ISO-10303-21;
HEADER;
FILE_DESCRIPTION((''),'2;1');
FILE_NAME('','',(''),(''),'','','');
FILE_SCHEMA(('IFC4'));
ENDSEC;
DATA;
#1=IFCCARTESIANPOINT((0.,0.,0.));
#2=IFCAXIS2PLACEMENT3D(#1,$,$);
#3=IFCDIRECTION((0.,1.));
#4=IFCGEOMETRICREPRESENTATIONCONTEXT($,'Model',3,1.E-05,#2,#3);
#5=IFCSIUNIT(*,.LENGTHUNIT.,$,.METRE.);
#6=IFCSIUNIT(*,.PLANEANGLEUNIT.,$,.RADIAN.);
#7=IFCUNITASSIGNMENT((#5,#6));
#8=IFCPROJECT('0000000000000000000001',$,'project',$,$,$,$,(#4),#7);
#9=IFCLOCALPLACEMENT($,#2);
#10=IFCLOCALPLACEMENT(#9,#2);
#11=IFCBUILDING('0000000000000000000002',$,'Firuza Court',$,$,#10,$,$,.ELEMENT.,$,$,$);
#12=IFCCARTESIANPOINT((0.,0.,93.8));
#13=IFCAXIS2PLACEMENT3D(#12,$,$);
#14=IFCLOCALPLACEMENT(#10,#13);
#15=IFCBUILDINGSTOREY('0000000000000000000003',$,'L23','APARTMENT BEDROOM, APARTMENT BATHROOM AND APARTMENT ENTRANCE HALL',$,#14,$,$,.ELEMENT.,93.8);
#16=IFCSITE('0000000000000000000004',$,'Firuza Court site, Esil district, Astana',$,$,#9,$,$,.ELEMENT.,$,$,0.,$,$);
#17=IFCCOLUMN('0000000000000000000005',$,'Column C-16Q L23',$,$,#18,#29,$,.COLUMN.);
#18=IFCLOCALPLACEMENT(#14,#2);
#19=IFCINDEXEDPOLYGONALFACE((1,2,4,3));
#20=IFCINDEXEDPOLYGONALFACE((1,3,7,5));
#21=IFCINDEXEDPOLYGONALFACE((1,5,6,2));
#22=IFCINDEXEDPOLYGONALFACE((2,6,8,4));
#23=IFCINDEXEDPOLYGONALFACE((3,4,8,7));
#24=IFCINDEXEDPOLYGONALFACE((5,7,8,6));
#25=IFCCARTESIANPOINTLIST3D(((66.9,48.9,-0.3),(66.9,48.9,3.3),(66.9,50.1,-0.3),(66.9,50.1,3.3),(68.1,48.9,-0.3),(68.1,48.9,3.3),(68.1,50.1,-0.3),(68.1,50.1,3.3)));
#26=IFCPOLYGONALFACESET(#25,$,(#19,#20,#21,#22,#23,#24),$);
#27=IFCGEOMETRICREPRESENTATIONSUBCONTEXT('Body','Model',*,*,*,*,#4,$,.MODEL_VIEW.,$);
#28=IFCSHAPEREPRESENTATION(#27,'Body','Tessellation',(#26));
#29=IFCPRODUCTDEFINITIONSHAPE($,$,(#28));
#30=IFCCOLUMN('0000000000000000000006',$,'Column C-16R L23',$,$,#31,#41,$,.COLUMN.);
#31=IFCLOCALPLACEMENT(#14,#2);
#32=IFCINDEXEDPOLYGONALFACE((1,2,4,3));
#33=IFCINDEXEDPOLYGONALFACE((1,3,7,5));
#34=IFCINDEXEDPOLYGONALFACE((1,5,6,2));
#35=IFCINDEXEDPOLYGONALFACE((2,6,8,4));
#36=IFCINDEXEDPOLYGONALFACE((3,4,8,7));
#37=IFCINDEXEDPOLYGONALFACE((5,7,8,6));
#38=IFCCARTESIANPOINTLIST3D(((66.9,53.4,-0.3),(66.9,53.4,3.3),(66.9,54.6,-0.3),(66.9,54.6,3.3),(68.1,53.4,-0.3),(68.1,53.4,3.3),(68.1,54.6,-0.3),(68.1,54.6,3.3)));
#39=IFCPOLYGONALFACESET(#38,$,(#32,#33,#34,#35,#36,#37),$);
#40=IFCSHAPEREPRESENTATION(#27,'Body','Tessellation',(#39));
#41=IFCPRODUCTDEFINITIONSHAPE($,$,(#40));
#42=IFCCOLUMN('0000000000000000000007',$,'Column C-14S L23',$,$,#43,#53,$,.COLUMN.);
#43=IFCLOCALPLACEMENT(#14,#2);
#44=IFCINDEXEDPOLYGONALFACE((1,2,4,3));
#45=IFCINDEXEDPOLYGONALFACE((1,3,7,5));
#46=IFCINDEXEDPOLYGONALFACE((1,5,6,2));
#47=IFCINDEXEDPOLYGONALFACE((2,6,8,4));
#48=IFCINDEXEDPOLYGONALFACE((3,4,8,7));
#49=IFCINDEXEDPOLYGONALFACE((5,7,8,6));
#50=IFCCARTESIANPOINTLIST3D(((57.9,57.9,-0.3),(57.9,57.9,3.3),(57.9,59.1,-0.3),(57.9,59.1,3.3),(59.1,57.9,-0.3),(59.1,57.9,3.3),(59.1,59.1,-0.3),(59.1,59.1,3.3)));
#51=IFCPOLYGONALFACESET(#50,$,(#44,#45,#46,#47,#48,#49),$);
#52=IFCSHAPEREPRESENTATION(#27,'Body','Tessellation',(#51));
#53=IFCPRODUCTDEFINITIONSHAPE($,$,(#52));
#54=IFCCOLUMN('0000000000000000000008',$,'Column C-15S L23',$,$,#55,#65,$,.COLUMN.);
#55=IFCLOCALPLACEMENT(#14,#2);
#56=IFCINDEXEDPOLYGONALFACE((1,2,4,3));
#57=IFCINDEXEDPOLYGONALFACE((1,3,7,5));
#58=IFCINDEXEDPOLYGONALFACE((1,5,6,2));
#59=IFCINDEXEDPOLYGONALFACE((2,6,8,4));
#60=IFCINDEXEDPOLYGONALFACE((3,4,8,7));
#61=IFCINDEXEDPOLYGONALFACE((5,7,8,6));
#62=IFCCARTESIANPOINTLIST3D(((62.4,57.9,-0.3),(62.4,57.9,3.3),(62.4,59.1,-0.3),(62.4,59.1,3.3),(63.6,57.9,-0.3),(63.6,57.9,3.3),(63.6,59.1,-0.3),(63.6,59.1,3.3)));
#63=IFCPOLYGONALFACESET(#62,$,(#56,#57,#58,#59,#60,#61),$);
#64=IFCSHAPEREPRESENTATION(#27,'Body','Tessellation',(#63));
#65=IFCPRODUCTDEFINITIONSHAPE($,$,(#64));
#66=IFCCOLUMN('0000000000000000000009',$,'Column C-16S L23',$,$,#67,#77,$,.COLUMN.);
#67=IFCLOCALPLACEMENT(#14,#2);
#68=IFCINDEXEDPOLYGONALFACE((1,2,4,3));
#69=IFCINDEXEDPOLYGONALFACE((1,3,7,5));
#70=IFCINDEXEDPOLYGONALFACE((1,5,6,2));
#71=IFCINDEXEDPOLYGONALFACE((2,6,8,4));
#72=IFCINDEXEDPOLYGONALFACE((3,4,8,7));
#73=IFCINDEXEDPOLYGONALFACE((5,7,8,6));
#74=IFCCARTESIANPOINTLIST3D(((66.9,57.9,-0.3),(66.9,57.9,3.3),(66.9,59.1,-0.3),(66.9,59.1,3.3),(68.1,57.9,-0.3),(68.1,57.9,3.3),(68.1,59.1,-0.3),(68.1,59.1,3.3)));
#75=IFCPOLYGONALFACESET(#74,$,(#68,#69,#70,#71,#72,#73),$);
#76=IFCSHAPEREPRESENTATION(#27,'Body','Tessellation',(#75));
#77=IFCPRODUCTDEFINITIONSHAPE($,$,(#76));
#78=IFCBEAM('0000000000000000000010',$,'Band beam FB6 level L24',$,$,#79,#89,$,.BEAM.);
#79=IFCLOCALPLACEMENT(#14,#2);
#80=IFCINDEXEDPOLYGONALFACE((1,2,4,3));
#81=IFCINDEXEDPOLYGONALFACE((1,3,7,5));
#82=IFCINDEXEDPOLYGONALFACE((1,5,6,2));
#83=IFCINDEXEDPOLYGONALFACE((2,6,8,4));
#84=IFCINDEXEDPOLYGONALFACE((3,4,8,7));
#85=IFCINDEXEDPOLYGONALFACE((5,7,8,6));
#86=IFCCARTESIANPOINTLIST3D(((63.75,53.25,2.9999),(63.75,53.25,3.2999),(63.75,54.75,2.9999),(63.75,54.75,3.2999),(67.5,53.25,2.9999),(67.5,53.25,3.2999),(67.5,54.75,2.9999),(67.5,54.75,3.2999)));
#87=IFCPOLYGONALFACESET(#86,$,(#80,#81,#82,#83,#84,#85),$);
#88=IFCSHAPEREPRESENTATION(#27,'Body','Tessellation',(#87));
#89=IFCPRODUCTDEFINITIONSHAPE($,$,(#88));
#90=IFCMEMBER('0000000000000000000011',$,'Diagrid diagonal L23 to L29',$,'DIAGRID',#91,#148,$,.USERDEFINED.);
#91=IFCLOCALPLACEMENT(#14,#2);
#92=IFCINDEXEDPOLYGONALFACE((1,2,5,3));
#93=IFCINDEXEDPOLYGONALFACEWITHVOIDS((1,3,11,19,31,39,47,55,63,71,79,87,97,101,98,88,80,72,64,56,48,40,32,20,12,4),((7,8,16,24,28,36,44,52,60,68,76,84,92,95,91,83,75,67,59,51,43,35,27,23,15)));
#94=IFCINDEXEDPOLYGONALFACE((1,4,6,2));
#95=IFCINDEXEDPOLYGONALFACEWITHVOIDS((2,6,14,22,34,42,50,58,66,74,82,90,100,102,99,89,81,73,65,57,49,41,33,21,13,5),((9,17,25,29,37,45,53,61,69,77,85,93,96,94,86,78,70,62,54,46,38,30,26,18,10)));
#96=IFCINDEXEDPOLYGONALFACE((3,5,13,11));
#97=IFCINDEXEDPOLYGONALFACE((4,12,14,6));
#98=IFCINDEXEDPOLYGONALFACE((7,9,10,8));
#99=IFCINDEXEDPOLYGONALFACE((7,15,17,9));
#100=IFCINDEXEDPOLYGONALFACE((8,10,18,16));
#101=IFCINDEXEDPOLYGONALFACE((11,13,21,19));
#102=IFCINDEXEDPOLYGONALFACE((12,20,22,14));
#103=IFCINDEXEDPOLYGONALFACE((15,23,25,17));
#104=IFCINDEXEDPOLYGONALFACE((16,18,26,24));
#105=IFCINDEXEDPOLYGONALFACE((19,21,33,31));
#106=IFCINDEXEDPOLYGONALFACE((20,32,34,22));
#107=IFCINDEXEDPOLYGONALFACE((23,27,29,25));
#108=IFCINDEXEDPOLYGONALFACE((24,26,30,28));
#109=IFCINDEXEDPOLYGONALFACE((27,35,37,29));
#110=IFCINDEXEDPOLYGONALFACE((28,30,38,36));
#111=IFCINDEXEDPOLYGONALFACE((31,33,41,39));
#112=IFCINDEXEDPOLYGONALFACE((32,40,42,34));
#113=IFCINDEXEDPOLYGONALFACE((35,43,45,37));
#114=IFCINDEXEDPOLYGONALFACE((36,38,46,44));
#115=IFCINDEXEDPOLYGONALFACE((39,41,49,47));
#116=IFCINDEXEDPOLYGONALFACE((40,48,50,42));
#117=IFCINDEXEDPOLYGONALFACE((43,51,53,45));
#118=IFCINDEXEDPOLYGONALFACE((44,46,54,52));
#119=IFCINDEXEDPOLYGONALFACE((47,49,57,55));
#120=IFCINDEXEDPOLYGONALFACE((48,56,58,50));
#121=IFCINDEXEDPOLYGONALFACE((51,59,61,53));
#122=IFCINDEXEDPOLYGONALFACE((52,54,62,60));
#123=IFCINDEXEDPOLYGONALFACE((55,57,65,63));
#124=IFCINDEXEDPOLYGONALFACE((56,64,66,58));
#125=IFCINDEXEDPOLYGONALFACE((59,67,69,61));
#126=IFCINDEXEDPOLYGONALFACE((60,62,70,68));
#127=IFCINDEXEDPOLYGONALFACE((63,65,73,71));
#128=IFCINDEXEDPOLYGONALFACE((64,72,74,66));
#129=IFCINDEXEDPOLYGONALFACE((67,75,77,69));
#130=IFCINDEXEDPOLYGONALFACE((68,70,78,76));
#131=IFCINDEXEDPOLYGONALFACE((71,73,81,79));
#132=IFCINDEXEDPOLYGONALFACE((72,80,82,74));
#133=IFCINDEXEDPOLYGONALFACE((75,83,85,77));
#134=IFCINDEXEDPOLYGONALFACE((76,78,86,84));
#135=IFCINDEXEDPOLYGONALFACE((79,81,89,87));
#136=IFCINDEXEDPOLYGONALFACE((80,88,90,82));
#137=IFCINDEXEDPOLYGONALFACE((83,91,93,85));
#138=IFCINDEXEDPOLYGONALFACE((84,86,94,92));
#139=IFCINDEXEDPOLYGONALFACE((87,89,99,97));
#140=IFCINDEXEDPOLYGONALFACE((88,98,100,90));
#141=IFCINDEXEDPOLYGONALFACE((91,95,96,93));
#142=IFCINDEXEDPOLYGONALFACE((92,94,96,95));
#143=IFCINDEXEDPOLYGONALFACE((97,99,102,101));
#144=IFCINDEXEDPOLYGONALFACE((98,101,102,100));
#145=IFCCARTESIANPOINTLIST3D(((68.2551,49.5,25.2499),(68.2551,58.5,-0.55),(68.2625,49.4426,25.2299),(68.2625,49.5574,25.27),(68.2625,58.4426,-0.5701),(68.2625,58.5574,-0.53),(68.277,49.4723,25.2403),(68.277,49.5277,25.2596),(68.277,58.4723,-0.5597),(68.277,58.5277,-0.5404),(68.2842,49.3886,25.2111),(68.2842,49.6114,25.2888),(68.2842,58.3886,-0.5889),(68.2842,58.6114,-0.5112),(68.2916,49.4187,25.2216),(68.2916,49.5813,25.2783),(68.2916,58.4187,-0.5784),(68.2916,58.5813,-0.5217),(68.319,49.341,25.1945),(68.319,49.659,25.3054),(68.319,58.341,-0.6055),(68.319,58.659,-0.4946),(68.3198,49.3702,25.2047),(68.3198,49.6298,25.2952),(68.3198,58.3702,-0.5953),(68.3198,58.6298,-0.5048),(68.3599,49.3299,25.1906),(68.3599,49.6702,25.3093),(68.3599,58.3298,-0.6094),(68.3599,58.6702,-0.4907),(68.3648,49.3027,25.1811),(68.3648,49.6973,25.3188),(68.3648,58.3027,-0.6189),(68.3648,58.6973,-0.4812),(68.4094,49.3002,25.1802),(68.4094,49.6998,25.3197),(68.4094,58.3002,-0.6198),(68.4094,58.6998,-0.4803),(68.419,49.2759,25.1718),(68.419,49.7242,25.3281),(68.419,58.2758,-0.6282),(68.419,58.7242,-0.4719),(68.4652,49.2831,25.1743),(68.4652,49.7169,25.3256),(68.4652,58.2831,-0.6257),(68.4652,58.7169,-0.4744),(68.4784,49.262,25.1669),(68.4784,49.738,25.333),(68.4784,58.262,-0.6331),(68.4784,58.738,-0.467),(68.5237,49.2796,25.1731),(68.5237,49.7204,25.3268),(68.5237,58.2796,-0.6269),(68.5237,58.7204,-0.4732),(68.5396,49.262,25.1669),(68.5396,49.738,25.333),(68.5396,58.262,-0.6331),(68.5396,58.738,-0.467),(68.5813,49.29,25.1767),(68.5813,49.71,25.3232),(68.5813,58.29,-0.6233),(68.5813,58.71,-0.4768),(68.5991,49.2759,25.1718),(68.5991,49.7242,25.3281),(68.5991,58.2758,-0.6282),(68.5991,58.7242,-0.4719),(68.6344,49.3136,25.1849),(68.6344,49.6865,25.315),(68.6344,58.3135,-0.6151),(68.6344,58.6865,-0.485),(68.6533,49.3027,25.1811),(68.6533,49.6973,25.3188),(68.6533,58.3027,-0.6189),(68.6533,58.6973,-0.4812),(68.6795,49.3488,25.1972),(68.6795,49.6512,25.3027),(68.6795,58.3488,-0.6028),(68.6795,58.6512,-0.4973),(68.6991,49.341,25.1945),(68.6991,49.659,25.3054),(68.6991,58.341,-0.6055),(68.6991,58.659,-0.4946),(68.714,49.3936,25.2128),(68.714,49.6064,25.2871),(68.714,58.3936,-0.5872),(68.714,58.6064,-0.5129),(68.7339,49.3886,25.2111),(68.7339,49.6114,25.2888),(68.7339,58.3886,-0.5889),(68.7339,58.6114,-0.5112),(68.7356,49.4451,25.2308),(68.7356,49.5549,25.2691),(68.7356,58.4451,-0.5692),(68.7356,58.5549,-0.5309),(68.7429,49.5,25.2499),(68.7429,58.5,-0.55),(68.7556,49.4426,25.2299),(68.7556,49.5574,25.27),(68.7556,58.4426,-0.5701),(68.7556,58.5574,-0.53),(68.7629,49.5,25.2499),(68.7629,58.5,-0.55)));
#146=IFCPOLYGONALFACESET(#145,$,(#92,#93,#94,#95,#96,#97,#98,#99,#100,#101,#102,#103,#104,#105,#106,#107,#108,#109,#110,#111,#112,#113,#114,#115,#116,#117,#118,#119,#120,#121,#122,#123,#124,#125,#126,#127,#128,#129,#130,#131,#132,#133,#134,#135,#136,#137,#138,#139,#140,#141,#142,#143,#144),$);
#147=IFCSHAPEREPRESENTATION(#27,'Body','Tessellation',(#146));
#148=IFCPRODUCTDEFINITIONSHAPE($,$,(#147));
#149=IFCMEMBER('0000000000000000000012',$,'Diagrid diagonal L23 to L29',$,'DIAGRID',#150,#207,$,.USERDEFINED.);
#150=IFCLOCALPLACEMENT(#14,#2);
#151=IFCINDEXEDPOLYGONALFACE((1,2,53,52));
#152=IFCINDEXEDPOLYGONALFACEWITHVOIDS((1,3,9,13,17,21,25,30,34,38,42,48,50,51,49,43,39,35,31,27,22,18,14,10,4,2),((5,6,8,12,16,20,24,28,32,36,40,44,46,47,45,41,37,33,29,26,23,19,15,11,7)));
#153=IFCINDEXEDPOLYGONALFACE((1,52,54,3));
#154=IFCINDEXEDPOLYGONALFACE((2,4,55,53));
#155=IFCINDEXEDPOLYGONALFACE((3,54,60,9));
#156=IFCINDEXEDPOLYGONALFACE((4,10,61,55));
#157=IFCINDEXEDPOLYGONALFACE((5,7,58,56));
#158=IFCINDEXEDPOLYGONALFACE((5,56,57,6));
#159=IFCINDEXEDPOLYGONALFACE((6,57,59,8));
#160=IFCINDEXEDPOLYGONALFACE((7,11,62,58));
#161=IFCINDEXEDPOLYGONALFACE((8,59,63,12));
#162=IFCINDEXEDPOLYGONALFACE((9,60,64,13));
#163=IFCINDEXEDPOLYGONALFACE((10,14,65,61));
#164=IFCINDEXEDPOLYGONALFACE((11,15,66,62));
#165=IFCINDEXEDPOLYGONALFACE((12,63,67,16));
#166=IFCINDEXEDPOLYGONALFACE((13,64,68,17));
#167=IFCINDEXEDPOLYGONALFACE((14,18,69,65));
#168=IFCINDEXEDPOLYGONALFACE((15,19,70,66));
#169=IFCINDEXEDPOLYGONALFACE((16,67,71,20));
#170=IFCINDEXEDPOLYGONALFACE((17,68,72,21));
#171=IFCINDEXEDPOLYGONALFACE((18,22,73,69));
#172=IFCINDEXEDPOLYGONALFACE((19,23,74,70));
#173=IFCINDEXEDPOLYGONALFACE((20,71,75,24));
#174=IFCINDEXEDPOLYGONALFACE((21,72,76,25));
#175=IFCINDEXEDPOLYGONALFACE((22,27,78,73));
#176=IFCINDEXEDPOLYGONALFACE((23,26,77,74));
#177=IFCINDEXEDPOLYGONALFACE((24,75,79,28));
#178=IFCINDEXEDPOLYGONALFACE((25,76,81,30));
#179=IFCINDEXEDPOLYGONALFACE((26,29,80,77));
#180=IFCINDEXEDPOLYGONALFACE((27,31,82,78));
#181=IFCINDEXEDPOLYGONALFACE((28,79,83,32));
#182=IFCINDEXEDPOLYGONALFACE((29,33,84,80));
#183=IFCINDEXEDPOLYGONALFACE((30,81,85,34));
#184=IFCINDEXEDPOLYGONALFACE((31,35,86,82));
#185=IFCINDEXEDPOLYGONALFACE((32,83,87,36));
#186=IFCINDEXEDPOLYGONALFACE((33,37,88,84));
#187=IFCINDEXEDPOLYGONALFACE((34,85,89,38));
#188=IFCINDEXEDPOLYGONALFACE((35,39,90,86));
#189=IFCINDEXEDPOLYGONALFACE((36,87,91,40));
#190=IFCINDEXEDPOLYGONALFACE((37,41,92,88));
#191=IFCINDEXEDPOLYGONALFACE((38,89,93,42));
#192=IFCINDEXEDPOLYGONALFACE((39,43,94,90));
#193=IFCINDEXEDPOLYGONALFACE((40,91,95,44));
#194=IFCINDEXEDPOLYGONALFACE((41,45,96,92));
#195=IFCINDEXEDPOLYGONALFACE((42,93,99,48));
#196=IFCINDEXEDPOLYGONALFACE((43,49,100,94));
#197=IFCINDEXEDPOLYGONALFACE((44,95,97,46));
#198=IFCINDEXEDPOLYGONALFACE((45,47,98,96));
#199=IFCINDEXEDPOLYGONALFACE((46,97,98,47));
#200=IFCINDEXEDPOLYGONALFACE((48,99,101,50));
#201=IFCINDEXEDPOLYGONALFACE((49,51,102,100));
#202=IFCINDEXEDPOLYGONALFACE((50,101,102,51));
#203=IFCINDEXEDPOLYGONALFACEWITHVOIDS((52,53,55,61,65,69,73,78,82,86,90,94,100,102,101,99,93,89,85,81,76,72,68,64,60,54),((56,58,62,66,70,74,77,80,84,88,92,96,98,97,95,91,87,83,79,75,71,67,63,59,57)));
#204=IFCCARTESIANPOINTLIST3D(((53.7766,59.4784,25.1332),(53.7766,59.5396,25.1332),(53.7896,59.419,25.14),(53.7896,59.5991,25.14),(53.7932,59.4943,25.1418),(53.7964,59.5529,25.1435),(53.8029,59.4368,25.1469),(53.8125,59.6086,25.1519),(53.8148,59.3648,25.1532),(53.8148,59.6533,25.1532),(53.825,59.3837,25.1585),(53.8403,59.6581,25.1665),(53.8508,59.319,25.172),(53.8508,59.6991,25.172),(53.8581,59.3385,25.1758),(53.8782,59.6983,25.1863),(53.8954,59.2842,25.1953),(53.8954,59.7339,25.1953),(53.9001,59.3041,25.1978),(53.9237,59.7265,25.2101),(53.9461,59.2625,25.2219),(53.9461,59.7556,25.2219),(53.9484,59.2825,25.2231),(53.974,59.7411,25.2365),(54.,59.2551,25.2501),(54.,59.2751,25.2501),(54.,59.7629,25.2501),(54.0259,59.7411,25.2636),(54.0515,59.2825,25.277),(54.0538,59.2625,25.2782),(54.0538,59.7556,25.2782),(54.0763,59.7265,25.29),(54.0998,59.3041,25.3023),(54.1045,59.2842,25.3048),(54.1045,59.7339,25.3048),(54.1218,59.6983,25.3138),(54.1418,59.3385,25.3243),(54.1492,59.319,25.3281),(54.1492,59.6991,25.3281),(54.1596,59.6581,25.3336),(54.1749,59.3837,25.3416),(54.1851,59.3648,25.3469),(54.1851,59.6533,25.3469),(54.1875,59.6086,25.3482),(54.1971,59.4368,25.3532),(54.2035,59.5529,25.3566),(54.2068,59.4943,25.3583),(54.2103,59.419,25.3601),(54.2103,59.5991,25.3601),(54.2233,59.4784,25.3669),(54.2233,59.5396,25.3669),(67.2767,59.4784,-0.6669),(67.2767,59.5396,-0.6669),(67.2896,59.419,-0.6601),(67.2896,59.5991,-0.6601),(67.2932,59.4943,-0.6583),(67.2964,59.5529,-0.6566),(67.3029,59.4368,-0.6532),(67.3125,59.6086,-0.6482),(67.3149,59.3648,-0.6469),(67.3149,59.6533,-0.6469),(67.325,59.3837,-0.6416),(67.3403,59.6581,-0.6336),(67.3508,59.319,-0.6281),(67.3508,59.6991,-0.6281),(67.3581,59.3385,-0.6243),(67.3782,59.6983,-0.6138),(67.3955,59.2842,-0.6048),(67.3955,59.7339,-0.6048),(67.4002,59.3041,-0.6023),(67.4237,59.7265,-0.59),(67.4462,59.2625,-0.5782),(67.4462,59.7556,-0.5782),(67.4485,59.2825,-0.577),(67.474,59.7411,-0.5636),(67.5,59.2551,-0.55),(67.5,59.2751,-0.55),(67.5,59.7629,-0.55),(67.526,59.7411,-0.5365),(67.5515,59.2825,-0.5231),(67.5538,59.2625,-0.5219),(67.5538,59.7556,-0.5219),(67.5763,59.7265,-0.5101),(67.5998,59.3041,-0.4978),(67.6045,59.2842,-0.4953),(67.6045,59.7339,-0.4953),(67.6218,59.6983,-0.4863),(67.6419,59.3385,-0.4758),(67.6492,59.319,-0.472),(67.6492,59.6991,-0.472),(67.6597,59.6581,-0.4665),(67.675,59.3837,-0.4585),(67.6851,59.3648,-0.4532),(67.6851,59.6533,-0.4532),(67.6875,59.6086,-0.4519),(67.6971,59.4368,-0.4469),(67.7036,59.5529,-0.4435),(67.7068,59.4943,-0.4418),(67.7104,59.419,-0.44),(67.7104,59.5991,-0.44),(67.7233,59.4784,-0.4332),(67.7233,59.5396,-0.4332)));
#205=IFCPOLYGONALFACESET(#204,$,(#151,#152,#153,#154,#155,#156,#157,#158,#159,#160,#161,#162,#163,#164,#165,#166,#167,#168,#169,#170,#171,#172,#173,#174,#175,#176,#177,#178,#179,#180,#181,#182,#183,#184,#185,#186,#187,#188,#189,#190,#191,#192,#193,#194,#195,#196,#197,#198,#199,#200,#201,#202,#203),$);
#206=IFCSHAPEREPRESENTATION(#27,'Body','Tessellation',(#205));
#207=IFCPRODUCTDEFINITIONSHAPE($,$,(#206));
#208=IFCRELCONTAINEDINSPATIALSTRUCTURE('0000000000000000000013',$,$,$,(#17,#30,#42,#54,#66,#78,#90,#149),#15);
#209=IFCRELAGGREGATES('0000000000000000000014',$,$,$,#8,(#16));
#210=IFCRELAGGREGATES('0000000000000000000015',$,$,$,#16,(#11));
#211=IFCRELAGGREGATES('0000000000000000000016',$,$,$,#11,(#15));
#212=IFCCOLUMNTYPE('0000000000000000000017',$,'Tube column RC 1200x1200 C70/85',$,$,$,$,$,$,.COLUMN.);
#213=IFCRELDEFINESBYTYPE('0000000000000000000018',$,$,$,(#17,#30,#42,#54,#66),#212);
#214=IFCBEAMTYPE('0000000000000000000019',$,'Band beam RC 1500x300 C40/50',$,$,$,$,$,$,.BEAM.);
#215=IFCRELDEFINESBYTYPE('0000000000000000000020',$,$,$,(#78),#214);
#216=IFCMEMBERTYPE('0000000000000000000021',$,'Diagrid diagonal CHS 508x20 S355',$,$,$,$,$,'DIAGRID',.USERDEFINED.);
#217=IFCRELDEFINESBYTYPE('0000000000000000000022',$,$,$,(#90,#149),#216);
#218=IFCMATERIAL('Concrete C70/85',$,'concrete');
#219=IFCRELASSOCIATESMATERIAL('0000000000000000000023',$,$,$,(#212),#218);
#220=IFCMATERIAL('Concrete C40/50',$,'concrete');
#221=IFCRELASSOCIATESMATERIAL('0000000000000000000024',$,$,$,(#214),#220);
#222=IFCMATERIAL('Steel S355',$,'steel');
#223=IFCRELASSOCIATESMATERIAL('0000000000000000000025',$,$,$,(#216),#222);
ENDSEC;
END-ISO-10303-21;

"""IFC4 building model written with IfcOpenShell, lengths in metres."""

from ifc_helpers import new_model, si_unit, direction, frame, origin, origin_2d, place, context, subcontext, project, spatial, rectangle, hollow_circle, extrude, material, material_profile, profile_set, type_object, element, save


model = new_model("IFC4")

# Units and contexts
model_context = context("Model", 3, precision=1e-05, world=origin(), true_north=direction((0.0, 1.0)))
body_context = subcontext(model_context, "Body", "Model", "MODEL_VIEW")
ifc_project = project(units=[si_unit("LENGTHUNIT", "METRE"), si_unit("PLANEANGLEUNIT", "RADIAN")], contexts=[model_context])

# Site, building, storey
site_placement = place(None, origin())
site = spatial("IfcSite", under=ifc_project, at=site_placement, Name="Firuza Court site, Esil district, Astana", CompositionType="ELEMENT", RefElevation=0.0)
building_placement = place(site_placement, origin())
building = spatial("IfcBuilding", under=site, at=building_placement, Name="Firuza Court", CompositionType="ELEMENT")
storey_placement = place(building_placement, frame((0.0, 0.0, 93.8)))
storey = spatial("IfcBuildingStorey", under=building, at=storey_placement, Name="L23", Description="APARTMENT BEDROOM, APARTMENT BATHROOM AND APARTMENT ENTRANCE HALL", CompositionType="ELEMENT", Elevation=93.8)

# Columns
ifc_material_1 = material(Name="Concrete C70/85", Category="concrete")
ifc_material_profile_1 = material_profile(ifc_material_1, rectangle(XDim=1.2, YDim=1.2, at=origin_2d()), Name="RC 1200x1200")
ifc_profile_set_1 = profile_set([ifc_material_profile_1], Name="Concrete C70/85")
column_type = type_object("IfcColumnType", Name="Tube column RC 1200x1200 C70/85", PredefinedType="COLUMN", material=ifc_profile_set_1)
for number, where, z_axis, x_axis, name in (
    (1, (67.5, 49.5, -0.3), (0.0, 0.0, 1.0), (1.0, 0.0, 0.0), "Column C-16Q L23"),
    (2, (67.5, 54.0, -0.3), (0.0, 0.0, 1.0), (1.0, 0.0, 0.0), "Column C-16R L23"),
    (3, (58.5, 58.5, -0.3), (0.0, 0.0, 1.0), (1.0, 0.0, 0.0), "Column C-14S L23"),
    (4, (63.0, 58.5, -0.3), (0.0, 0.0, 1.0), (1.0, 0.0, 0.0), "Column C-15S L23"),
    (5, (67.5, 58.5, -0.3), (0.0, 0.0, 1.0), (1.0, 0.0, 0.0), "Column C-16S L23"),
):
    element("IfcColumn", number, at=place(storey_placement, frame(where, z_axis=z_axis, x_axis=x_axis)), inside=storey, type_object=column_type, Name=name, PredefinedType="COLUMN", context=body_context, shape_type="SweptSolid", body=[
        extrude(rectangle(XDim=1.2, YDim=1.2, at=origin_2d()), origin(), (0.0, 0.0, 1.0), 3.6001),
    ])

# Beam
ifc_material_2 = material(Name="Concrete C40/50", Category="concrete")
ifc_material_profile_2 = material_profile(ifc_material_2, rectangle(XDim=1.5, YDim=0.3, at=origin_2d()), Name="RC 1500x300")
ifc_profile_set_2 = profile_set([ifc_material_profile_2], Name="Concrete C40/50")
beam_type_1 = type_object("IfcBeamType", Name="Band beam RC 1500x300 C40/50", PredefinedType="BEAM", material=ifc_profile_set_2)
beam_placement = place(storey_placement, frame((67.5, 54.0, 3.1499), z_axis=(-1.0, 0.0, 0.0), x_axis=(0.0, -1.0, 0.0)))
element("IfcBeam", 6, at=beam_placement, inside=storey, type_object=beam_type_1, Name="Band beam FB6 level L24", PredefinedType="BEAM", context=body_context, shape_type="SweptSolid", body=[
    extrude(rectangle(XDim=1.5, YDim=0.3, at=origin_2d()), origin(), (0.0, 0.0, 1.0), 3.75),
])

# Members
ifc_material_3 = material(Name="Steel S355", Category="steel")
ifc_material_profile_3 = material_profile(ifc_material_3, hollow_circle(Radius=0.2539, WallThickness=0.02, at=origin_2d()), Name="CHS 508x20")
ifc_profile_set_3 = profile_set([ifc_material_profile_3], Name="Steel S355")
member_type = type_object("IfcMemberType", Name="Diagrid diagonal CHS 508x20 S355", ElementType="DIAGRID", PredefinedType="USERDEFINED", material=ifc_profile_set_3)
member_1_placement = place(storey_placement, frame((68.509, 58.5, -0.55), z_axis=(0.0, -0.329372, 0.9442), x_axis=(1.0, 0.0, 0.0)))
element("IfcMember", 7, at=member_1_placement, inside=storey, type_object=member_type, Name="Diagrid diagonal L23 to L29", ObjectType="DIAGRID", PredefinedType="USERDEFINED", context=body_context, shape_type="SweptSolid", body=[
    extrude(hollow_circle(Radius=0.2539, WallThickness=0.02, at=origin_2d()), origin(), (0.0, 0.0, 1.0), 27.3247),
])
member_2_placement = place(storey_placement, frame((67.5, 59.509, -0.55), z_axis=(-0.463621, 0.0, 0.886033), x_axis=(0.0, -1.0, 0.0)))
element("IfcMember", 8, at=member_2_placement, inside=storey, type_object=member_type, Name="Diagrid diagonal L23 to L29", ObjectType="DIAGRID", PredefinedType="USERDEFINED", context=body_context, shape_type="SweptSolid", body=[
    extrude(hollow_circle(Radius=0.2539, WallThickness=0.02, at=origin_2d()), origin(), (0.0, 0.0, 1.0), 29.1187),
])

save(model, "model.ifc")
